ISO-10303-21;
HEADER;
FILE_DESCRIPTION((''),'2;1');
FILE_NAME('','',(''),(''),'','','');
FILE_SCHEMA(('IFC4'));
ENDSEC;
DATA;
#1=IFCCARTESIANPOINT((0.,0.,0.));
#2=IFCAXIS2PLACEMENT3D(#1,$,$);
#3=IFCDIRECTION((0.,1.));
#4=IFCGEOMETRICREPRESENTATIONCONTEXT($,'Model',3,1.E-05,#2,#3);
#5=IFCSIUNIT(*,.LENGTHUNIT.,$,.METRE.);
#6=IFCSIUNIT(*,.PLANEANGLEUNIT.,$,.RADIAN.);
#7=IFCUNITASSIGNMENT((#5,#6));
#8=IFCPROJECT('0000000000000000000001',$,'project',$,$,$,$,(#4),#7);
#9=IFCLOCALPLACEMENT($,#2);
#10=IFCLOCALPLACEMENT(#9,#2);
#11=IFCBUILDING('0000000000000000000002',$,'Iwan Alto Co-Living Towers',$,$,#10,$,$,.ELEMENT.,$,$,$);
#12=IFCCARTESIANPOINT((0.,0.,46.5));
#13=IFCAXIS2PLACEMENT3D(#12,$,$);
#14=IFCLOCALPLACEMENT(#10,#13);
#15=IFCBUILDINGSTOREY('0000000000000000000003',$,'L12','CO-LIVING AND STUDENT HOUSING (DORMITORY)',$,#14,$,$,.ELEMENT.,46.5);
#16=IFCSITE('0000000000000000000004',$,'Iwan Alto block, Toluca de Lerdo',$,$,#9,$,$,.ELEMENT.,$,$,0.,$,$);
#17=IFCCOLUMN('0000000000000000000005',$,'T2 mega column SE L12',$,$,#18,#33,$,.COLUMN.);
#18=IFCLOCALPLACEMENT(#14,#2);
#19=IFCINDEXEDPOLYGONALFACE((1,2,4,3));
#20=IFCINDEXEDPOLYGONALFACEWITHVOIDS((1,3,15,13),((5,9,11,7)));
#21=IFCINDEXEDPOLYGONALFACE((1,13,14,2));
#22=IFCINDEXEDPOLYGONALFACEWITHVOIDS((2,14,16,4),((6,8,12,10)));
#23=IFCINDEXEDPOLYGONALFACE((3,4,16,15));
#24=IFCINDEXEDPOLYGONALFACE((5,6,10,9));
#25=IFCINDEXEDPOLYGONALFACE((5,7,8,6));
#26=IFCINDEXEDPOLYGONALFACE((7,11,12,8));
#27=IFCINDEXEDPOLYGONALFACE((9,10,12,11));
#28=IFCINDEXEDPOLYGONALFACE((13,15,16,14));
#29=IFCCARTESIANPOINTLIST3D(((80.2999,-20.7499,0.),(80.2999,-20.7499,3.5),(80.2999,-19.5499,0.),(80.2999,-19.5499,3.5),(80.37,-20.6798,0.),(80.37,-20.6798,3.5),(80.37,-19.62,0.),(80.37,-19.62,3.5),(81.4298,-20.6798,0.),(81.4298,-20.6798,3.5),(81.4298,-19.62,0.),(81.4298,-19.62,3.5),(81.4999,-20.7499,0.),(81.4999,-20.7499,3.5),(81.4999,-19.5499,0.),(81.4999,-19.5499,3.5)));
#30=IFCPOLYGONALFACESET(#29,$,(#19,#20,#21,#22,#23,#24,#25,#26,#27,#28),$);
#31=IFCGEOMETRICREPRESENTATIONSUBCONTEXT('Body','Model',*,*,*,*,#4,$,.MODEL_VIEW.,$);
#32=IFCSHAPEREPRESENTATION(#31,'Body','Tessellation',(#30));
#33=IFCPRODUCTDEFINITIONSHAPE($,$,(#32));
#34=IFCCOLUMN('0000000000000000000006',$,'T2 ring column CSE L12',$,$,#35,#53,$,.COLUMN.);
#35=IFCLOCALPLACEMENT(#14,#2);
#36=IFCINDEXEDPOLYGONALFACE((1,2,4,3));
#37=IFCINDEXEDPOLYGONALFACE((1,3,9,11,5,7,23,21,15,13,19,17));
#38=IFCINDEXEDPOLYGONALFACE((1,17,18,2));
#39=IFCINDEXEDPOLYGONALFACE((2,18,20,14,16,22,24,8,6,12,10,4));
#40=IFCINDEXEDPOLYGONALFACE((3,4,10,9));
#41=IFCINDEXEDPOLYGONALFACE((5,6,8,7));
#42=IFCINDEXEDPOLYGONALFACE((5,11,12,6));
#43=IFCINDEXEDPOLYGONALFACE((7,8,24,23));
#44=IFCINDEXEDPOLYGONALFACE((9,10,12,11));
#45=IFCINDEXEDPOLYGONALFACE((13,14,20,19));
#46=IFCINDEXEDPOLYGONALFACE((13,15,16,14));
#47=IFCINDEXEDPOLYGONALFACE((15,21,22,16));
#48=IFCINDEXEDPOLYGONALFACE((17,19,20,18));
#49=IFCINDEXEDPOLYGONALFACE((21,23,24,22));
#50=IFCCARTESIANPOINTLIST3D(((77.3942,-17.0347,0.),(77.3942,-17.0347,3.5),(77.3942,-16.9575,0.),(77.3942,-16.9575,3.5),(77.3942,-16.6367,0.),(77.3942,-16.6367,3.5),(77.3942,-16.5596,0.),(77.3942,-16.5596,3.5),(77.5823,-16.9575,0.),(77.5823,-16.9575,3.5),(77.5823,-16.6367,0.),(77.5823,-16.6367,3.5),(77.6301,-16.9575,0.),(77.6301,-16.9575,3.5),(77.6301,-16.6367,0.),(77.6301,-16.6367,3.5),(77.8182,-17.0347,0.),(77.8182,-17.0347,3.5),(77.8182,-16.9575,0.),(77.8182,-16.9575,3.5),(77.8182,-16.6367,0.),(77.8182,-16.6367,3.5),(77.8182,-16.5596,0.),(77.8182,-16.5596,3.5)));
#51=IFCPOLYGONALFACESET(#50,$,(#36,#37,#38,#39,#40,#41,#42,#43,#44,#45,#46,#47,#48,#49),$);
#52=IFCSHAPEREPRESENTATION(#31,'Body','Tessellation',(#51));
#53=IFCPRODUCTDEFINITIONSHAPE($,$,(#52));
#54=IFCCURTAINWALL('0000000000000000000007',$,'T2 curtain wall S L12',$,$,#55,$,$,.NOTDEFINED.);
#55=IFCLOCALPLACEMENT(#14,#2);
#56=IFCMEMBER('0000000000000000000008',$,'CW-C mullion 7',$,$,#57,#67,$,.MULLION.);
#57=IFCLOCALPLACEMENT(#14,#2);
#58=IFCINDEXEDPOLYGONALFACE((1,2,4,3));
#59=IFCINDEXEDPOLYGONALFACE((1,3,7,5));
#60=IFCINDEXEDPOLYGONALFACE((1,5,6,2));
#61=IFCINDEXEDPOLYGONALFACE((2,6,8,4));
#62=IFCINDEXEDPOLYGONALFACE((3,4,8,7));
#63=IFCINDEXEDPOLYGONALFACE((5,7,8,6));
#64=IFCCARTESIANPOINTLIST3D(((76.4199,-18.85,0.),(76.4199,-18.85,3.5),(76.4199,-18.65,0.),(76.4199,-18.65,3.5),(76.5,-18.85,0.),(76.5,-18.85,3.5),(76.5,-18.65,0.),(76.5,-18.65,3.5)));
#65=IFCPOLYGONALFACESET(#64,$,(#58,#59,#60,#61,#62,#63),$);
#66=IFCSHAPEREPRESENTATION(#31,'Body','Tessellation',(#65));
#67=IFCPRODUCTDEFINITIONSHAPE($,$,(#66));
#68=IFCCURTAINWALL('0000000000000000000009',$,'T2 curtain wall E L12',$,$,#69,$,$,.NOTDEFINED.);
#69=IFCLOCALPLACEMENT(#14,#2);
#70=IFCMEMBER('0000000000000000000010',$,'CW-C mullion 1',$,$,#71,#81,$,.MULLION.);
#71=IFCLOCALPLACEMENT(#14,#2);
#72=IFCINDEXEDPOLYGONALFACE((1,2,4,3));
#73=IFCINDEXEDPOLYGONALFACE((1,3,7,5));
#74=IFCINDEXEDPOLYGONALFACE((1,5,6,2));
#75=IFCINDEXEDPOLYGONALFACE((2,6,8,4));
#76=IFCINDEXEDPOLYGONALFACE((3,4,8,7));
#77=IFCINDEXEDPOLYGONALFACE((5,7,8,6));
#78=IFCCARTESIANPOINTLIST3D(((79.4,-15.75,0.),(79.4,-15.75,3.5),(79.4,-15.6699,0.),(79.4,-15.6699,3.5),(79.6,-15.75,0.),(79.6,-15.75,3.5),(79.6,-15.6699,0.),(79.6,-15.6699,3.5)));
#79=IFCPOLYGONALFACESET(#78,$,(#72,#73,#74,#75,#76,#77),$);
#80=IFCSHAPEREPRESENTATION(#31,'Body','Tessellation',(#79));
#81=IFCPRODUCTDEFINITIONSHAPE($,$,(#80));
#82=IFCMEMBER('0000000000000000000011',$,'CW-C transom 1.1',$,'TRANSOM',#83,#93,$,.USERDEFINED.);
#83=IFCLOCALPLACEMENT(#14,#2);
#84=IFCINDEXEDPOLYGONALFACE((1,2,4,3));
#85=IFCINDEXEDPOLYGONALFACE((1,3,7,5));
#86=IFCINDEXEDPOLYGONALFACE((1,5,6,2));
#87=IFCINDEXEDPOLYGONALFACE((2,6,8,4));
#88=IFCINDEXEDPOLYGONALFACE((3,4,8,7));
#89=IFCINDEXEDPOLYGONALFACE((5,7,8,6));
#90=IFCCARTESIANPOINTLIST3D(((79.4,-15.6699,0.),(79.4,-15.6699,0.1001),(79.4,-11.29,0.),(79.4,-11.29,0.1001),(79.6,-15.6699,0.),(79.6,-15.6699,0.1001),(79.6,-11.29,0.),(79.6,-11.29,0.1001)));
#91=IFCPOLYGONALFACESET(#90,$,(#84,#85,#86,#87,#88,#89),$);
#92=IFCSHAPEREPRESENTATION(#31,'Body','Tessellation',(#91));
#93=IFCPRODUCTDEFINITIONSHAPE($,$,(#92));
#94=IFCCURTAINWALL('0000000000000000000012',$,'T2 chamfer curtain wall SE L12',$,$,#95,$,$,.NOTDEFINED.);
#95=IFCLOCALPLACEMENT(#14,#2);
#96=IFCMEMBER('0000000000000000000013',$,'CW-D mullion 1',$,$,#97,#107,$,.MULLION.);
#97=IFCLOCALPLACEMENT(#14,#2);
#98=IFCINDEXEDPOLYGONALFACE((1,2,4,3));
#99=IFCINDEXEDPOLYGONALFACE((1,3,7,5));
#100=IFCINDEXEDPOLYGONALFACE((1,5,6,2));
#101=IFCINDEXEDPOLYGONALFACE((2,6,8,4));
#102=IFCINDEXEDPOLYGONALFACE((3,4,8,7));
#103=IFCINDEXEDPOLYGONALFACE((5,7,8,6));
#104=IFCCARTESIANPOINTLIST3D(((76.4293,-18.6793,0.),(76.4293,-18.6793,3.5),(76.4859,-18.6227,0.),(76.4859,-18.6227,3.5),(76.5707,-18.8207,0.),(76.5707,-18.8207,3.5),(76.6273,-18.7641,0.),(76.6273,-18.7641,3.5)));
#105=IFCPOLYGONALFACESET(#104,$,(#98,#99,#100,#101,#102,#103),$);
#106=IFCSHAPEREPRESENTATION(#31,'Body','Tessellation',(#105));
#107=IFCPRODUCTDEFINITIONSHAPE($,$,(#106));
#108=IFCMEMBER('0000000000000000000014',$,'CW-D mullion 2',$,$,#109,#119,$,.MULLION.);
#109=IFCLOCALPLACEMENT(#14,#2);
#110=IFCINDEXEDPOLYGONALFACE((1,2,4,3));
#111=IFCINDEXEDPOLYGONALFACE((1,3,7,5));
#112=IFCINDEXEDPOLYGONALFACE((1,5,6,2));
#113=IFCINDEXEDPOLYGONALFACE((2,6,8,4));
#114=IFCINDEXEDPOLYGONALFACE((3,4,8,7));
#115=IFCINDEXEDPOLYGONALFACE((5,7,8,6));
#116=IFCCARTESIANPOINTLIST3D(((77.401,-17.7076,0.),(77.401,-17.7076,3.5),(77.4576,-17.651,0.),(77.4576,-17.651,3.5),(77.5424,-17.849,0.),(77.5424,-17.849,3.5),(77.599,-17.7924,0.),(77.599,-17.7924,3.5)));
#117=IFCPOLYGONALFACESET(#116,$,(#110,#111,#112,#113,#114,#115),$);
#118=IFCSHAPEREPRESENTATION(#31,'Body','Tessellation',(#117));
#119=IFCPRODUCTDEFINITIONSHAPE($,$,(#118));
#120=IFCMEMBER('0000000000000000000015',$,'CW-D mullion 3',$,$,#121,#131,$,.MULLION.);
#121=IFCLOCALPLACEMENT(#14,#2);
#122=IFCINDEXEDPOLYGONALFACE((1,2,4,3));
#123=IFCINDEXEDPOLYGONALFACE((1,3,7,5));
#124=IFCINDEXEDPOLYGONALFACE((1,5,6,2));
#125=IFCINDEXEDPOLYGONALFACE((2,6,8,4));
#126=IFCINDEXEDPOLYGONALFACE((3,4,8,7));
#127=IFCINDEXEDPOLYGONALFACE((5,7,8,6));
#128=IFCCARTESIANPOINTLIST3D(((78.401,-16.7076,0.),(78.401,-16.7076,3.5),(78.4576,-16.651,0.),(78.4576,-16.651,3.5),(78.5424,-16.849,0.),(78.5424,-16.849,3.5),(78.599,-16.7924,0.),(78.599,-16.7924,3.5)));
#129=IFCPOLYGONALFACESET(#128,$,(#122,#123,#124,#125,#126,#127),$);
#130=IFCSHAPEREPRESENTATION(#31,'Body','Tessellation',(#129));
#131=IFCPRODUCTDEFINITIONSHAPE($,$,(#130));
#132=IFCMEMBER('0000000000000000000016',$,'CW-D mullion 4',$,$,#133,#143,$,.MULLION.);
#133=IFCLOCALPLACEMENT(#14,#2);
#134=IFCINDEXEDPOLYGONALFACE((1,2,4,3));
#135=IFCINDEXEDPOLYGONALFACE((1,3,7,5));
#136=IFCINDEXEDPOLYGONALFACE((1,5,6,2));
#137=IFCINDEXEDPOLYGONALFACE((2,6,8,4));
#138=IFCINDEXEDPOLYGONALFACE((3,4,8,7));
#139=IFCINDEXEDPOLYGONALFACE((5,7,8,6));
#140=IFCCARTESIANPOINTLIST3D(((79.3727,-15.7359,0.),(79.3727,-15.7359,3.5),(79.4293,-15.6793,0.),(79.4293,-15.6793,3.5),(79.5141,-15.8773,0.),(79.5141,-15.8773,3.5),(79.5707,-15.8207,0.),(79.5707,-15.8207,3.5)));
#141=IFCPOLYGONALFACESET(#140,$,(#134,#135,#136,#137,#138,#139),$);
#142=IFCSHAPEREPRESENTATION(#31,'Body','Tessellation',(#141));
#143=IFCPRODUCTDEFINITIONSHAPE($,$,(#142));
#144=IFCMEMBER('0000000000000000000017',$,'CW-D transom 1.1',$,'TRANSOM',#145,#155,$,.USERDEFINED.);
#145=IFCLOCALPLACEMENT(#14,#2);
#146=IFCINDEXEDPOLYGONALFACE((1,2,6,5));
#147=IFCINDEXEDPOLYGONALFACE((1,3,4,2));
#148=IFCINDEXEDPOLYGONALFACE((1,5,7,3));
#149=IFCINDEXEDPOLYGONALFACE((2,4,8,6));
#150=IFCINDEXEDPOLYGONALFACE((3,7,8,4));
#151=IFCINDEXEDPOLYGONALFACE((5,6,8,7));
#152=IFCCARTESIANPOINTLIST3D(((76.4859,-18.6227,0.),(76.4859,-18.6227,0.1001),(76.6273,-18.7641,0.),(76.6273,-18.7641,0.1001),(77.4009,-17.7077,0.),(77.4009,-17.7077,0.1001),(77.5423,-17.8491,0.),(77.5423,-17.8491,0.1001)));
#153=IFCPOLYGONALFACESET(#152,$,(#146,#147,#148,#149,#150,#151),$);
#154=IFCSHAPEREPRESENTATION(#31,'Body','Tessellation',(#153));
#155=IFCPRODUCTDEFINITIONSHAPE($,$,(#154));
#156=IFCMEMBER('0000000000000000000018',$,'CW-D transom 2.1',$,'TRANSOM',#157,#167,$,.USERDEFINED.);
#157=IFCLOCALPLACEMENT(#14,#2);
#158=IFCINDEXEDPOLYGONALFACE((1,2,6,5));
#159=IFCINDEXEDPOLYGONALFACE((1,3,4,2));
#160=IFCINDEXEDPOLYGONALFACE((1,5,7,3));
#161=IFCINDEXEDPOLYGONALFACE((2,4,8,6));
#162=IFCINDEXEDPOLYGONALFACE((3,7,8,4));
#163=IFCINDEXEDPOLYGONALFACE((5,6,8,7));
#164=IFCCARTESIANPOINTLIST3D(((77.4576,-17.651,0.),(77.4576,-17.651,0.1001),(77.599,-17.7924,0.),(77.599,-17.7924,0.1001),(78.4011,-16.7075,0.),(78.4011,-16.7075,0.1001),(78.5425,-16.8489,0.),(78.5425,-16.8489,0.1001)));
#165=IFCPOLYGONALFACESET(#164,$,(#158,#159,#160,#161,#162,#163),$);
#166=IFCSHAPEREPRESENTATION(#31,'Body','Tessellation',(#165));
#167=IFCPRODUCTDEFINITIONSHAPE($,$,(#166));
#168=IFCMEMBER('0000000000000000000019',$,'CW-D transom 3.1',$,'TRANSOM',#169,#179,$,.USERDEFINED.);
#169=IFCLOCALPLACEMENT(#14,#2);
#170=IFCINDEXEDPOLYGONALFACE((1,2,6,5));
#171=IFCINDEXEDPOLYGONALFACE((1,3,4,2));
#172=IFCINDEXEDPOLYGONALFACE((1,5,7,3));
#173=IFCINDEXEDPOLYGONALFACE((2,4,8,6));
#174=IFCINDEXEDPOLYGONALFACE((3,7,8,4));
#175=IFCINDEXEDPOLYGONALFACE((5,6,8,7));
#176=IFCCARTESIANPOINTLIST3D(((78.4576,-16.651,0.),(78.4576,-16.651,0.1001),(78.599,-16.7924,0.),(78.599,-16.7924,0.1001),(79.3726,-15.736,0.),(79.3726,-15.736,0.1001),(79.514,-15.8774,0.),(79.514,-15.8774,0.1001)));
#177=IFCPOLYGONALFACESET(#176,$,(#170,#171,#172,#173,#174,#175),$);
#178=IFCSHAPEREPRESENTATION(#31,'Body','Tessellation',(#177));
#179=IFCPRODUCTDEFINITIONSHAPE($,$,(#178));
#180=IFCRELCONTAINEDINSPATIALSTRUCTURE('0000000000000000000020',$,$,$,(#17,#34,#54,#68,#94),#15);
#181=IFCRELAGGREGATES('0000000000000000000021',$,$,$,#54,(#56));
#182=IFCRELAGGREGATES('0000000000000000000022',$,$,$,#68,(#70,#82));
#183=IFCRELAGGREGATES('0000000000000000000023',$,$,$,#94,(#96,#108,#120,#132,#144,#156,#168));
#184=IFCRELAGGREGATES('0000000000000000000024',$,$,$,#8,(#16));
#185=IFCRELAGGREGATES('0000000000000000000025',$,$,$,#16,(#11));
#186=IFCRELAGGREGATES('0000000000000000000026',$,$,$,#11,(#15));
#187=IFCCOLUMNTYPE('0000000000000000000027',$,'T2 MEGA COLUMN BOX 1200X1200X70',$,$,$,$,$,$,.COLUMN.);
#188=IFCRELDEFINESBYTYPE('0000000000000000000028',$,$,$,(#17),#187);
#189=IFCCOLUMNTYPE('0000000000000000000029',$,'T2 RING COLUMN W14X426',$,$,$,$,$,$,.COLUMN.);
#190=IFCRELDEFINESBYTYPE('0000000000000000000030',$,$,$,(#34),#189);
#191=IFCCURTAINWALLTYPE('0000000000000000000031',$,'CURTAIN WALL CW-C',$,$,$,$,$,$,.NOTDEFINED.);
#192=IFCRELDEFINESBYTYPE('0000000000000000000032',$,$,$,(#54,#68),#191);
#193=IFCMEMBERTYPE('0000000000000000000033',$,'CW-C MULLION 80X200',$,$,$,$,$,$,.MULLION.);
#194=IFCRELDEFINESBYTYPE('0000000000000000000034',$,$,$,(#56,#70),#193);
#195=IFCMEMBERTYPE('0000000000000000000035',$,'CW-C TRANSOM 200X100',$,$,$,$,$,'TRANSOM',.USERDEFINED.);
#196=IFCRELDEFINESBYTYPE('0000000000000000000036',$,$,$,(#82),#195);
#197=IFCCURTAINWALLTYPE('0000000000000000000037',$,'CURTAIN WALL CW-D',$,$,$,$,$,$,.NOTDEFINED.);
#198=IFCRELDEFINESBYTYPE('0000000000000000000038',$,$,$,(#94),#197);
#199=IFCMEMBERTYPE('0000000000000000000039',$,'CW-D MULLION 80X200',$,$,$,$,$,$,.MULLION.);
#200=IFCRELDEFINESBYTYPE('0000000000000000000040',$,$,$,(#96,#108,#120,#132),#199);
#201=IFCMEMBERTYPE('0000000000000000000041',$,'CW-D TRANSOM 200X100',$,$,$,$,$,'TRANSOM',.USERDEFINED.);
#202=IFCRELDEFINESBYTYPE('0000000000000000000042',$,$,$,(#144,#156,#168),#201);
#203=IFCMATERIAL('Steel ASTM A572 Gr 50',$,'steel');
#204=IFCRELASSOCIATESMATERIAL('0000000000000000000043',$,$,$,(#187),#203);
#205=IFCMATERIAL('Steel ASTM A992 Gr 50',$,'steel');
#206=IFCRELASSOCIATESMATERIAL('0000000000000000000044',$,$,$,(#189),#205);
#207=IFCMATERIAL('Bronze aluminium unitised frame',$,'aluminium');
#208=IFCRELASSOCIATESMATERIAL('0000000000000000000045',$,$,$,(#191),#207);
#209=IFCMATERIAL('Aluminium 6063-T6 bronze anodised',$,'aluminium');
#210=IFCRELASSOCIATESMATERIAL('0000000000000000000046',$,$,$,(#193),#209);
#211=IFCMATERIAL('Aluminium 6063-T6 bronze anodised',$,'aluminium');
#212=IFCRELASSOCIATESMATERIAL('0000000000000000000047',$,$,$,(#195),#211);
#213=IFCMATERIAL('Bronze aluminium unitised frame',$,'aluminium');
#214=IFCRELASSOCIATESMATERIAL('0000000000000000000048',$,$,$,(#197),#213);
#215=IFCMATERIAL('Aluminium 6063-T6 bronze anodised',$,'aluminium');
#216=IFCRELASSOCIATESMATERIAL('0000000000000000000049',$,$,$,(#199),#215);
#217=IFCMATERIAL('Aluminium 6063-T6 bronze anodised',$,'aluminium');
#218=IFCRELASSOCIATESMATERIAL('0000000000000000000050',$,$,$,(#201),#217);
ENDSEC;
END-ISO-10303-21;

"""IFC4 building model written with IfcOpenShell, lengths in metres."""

from ifc_helpers import new_model, si_unit, direction, frame, origin, origin_2d, place, context, subcontext, project, spatial, rectangle, hollow_rectangle, i_section, extrude, material, material_profile, profile_set, type_object, element, aggregate, save


model = new_model("IFC4")

# Units and contexts
model_context = context("Model", 3, precision=1e-05, world=origin(), true_north=direction((0.0, 1.0)))
body_context = subcontext(model_context, "Body", "Model", "MODEL_VIEW")
ifc_project = project(units=[si_unit("LENGTHUNIT", "METRE"), si_unit("PLANEANGLEUNIT", "RADIAN")], contexts=[model_context])

# Site, building, storey
site_placement = place(None, origin())
site = spatial("IfcSite", under=ifc_project, at=site_placement, Name="Iwan Alto block, Toluca de Lerdo", CompositionType="ELEMENT", RefElevation=0.0)
building_placement = place(site_placement, origin())
building = spatial("IfcBuilding", under=site, at=building_placement, Name="Iwan Alto Co-Living Towers", CompositionType="ELEMENT")
storey_placement = place(building_placement, frame((0.0, 0.0, 46.5)))
storey = spatial("IfcBuildingStorey", under=building, at=storey_placement, Name="L12", Description="CO-LIVING AND STUDENT HOUSING (DORMITORY)", CompositionType="ELEMENT", Elevation=46.5)

# Columns
ifc_material_1 = material(Name="Steel ASTM A572 Gr 50", Category="steel")
ifc_material_profile_1 = material_profile(ifc_material_1, hollow_rectangle(XDim=1.2, YDim=1.2, WallThickness=0.0701, at=origin_2d()), Name="BOX 1200X1200X70")
ifc_profile_set_1 = profile_set([ifc_material_profile_1], Name="Steel ASTM A572 Gr 50")
column_type_1 = type_object("IfcColumnType", Name="T2 MEGA COLUMN BOX 1200X1200X70", PredefinedType="COLUMN", material=ifc_profile_set_1)
column_1_placement = place(storey_placement, frame((80.8999, -20.1499, 0.0), z_axis=(0.0, 0.0, 1.0), x_axis=(1.0, 0.0, 0.0)))
element("IfcColumn", 1, at=column_1_placement, inside=storey, type_object=column_type_1, Name="T2 mega column SE L12", PredefinedType="COLUMN", context=body_context, shape_type="SweptSolid", body=[
    extrude(hollow_rectangle(XDim=1.2, YDim=1.2, WallThickness=0.0701, at=origin_2d()), origin(), (0.0, 0.0, 1.0), 3.5),
])
ifc_material_2 = material(Name="Steel ASTM A992 Gr 50", Category="steel")
ifc_material_profile_2 = material_profile(ifc_material_2, i_section(OverallWidth=0.4241, OverallDepth=0.4751, WebThickness=0.0479, FlangeThickness=0.0771, at=origin_2d()), Name="W14X426")
ifc_profile_set_2 = profile_set([ifc_material_profile_2], Name="Steel ASTM A992 Gr 50")
column_type_2 = type_object("IfcColumnType", Name="T2 RING COLUMN W14X426", PredefinedType="COLUMN", material=ifc_profile_set_2)
column_2_placement = place(storey_placement, frame((77.6062, -16.7971, 0.0), z_axis=(0.0, 0.0, 1.0), x_axis=(1.0, 0.0, 0.0)))
element("IfcColumn", 2, at=column_2_placement, inside=storey, type_object=column_type_2, Name="T2 ring column CSE L12", PredefinedType="COLUMN", context=body_context, shape_type="SweptSolid", body=[
    extrude(i_section(OverallWidth=0.4241, OverallDepth=0.4751, WebThickness=0.0479, FlangeThickness=0.0771, at=origin_2d()), origin(), (0.0, 0.0, 1.0), 3.5),
])

# Curtain wall, member
ifc_material_3 = material(Name="Bronze aluminium unitised frame", Category="aluminium")
curtain_wall_type_1 = type_object("IfcCurtainWallType", Name="CURTAIN WALL CW-C", PredefinedType="NOTDEFINED", material=ifc_material_3)
curtain_wall_1_placement = place(storey_placement, origin())
curtain_wall_1 = element("IfcCurtainWall", 3, at=curtain_wall_1_placement, inside=storey, type_object=curtain_wall_type_1, Name="T2 curtain wall S L12", PredefinedType="NOTDEFINED")
ifc_material_4 = material(Name="Aluminium 6063-T6 bronze anodised", Category="aluminium")
ifc_material_profile_3 = material_profile(ifc_material_4, rectangle(XDim=0.2, YDim=0.0801, at=origin_2d()), Name="AL 80X200")
ifc_profile_set_3 = profile_set([ifc_material_profile_3], Name="Aluminium 6063-T6 bronze anodised")
member_type_1 = type_object("IfcMemberType", Name="CW-C MULLION 80X200", PredefinedType="MULLION", material=ifc_profile_set_3)
member_1_placement = place(storey_placement, frame((76.46, -18.75, 0.0), z_axis=(0.0, 0.0, 1.0), x_axis=(0.0, 1.0, 0.0)))
member_1 = element("IfcMember", 4, at=member_1_placement, type_object=member_type_1, Name="CW-C mullion 7", PredefinedType="MULLION", context=body_context, shape_type="SweptSolid", body=[
    extrude(rectangle(XDim=0.2, YDim=0.0801, at=origin_2d()), origin(), (0.0, 0.0, 1.0), 3.5),
])

# Curtain walls, members
curtain_wall_2_placement = place(storey_placement, origin())
curtain_wall_2 = element("IfcCurtainWall", 5, at=curtain_wall_2_placement, inside=storey, type_object=curtain_wall_type_1, Name="T2 curtain wall E L12", PredefinedType="NOTDEFINED")
member_2_placement = place(storey_placement, frame((79.5, -15.71, 0.0), z_axis=(0.0, 0.0, 1.0), x_axis=(-1.0, 0.0, 0.0)))
member_2 = element("IfcMember", 6, at=member_2_placement, type_object=member_type_1, Name="CW-C mullion 1", PredefinedType="MULLION", context=body_context, shape_type="SweptSolid", body=[
    extrude(rectangle(XDim=0.2, YDim=0.0801, at=origin_2d()), origin(), (0.0, 0.0, 1.0), 3.5),
])
ifc_material_5 = material(Name="Aluminium 6063-T6 bronze anodised", Category="aluminium")
ifc_material_profile_4 = material_profile(ifc_material_5, rectangle(XDim=0.2, YDim=0.1001, at=origin_2d()), Name="AL 200X100")
ifc_profile_set_4 = profile_set([ifc_material_profile_4], Name="Aluminium 6063-T6 bronze anodised")
member_type_2 = type_object("IfcMemberType", Name="CW-C TRANSOM 200X100", ElementType="TRANSOM", PredefinedType="USERDEFINED", material=ifc_profile_set_4)
member_3_placement = place(storey_placement, frame((79.5, -15.6699, 0.05), z_axis=(0.0, 1.0, 0.0), x_axis=(-1.0, 0.0, 0.0)))
member_3 = element("IfcMember", 7, at=member_3_placement, type_object=member_type_2, Name="CW-C transom 1.1", ObjectType="TRANSOM", PredefinedType="USERDEFINED", context=body_context, shape_type="SweptSolid", body=[
    extrude(rectangle(XDim=0.2, YDim=0.1001, at=origin_2d()), origin(), (0.0, 0.0, 1.0), 4.3799),
])
ifc_material_6 = material(Name="Bronze aluminium unitised frame", Category="aluminium")
curtain_wall_type_2 = type_object("IfcCurtainWallType", Name="CURTAIN WALL CW-D", PredefinedType="NOTDEFINED", material=ifc_material_6)
curtain_wall_3_placement = place(storey_placement, origin())
curtain_wall_3 = element("IfcCurtainWall", 8, at=curtain_wall_3_placement, inside=storey, type_object=curtain_wall_type_2, Name="T2 chamfer curtain wall SE L12", PredefinedType="NOTDEFINED")
ifc_material_7 = material(Name="Aluminium 6063-T6 bronze anodised", Category="aluminium")
ifc_material_profile_5 = material_profile(ifc_material_7, rectangle(XDim=0.2, YDim=0.0801, at=origin_2d()), Name="AL 80X200")
ifc_profile_set_5 = profile_set([ifc_material_profile_5], Name="Aluminium 6063-T6 bronze anodised")
member_type_3 = type_object("IfcMemberType", Name="CW-D MULLION 80X200", PredefinedType="MULLION", material=ifc_profile_set_5)
member_4_placement = place(storey_placement, frame((76.5283, -18.7217, 0.0), z_axis=(0.0, 0.0, 1.0), x_axis=(-0.707107, 0.707107, 0.0)))
member_4 = element("IfcMember", 9, at=member_4_placement, type_object=member_type_3, Name="CW-D mullion 1", PredefinedType="MULLION", context=body_context, shape_type="SweptSolid", body=[
    extrude(rectangle(XDim=0.2, YDim=0.0801, at=origin_2d()), origin(), (0.0, 0.0, 1.0), 3.5),
])
member_5_placement = place(storey_placement, frame((77.5, -17.75, 0.0), z_axis=(0.0, 0.0, 1.0), x_axis=(-0.707107, 0.707107, 0.0)))
member_5 = element("IfcMember", 10, at=member_5_placement, type_object=member_type_3, Name="CW-D mullion 2", PredefinedType="MULLION", context=body_context, shape_type="SweptSolid", body=[
    extrude(rectangle(XDim=0.2, YDim=0.0801, at=origin_2d()), origin(), (0.0, 0.0, 1.0), 3.5),
])
member_6_placement = place(storey_placement, frame((78.5, -16.75, 0.0), z_axis=(0.0, 0.0, 1.0), x_axis=(-0.707107, 0.707107, 0.0)))
member_6 = element("IfcMember", 11, at=member_6_placement, type_object=member_type_3, Name="CW-D mullion 3", PredefinedType="MULLION", context=body_context, shape_type="SweptSolid", body=[
    extrude(rectangle(XDim=0.2, YDim=0.0801, at=origin_2d()), origin(), (0.0, 0.0, 1.0), 3.5),
])
member_7_placement = place(storey_placement, frame((79.4717, -15.7783, 0.0), z_axis=(0.0, 0.0, 1.0), x_axis=(-0.707107, 0.707107, 0.0)))
member_7 = element("IfcMember", 12, at=member_7_placement, type_object=member_type_3, Name="CW-D mullion 4", PredefinedType="MULLION", context=body_context, shape_type="SweptSolid", body=[
    extrude(rectangle(XDim=0.2, YDim=0.0801, at=origin_2d()), origin(), (0.0, 0.0, 1.0), 3.5),
])
ifc_material_8 = material(Name="Aluminium 6063-T6 bronze anodised", Category="aluminium")
ifc_material_profile_6 = material_profile(ifc_material_8, rectangle(XDim=0.2, YDim=0.1001, at=origin_2d()), Name="AL 200X100")
ifc_profile_set_6 = profile_set([ifc_material_profile_6], Name="Aluminium 6063-T6 bronze anodised")
member_type_4 = type_object("IfcMemberType", Name="CW-D TRANSOM 200X100", ElementType="TRANSOM", PredefinedType="USERDEFINED", material=ifc_profile_set_6)
member_8_placement = place(storey_placement, frame((76.5566, -18.6934, 0.05), z_axis=(0.707107, 0.707107, 0.0), x_axis=(-0.707107, 0.707107, 0.0)))
member_8 = element("IfcMember", 13, at=member_8_placement, type_object=member_type_4, Name="CW-D transom 1.1", ObjectType="TRANSOM", PredefinedType="USERDEFINED", context=body_context, shape_type="SweptSolid", body=[
    extrude(rectangle(XDim=0.2, YDim=0.1001, at=origin_2d()), origin(), (0.0, 0.0, 1.0), 1.2939),
])
member_9_placement = place(storey_placement, frame((77.5283, -17.7217, 0.05), z_axis=(0.707107, 0.707107, 0.0), x_axis=(-0.707107, 0.707107, 0.0)))
member_9 = element("IfcMember", 14, at=member_9_placement, type_object=member_type_4, Name="CW-D transom 2.1", ObjectType="TRANSOM", PredefinedType="USERDEFINED", context=body_context, shape_type="SweptSolid", body=[
    extrude(rectangle(XDim=0.2, YDim=0.1001, at=origin_2d()), origin(), (0.0, 0.0, 1.0), 1.3342),
])
member_10_placement = place(storey_placement, frame((78.5283, -16.7217, 0.05), z_axis=(0.707107, 0.707107, 0.0), x_axis=(-0.707107, 0.707107, 0.0)))
member_10 = element("IfcMember", 15, at=member_10_placement, type_object=member_type_4, Name="CW-D transom 3.1", ObjectType="TRANSOM", PredefinedType="USERDEFINED", context=body_context, shape_type="SweptSolid", body=[
    extrude(rectangle(XDim=0.2, YDim=0.1001, at=origin_2d()), origin(), (0.0, 0.0, 1.0), 1.2939),
])

aggregate(curtain_wall_1, [member_1])
aggregate(curtain_wall_2, [member_2, member_3])
aggregate(curtain_wall_3, [member_4, member_5, member_6, member_7, member_8, member_9, member_10])

save(model, "model.ifc")
